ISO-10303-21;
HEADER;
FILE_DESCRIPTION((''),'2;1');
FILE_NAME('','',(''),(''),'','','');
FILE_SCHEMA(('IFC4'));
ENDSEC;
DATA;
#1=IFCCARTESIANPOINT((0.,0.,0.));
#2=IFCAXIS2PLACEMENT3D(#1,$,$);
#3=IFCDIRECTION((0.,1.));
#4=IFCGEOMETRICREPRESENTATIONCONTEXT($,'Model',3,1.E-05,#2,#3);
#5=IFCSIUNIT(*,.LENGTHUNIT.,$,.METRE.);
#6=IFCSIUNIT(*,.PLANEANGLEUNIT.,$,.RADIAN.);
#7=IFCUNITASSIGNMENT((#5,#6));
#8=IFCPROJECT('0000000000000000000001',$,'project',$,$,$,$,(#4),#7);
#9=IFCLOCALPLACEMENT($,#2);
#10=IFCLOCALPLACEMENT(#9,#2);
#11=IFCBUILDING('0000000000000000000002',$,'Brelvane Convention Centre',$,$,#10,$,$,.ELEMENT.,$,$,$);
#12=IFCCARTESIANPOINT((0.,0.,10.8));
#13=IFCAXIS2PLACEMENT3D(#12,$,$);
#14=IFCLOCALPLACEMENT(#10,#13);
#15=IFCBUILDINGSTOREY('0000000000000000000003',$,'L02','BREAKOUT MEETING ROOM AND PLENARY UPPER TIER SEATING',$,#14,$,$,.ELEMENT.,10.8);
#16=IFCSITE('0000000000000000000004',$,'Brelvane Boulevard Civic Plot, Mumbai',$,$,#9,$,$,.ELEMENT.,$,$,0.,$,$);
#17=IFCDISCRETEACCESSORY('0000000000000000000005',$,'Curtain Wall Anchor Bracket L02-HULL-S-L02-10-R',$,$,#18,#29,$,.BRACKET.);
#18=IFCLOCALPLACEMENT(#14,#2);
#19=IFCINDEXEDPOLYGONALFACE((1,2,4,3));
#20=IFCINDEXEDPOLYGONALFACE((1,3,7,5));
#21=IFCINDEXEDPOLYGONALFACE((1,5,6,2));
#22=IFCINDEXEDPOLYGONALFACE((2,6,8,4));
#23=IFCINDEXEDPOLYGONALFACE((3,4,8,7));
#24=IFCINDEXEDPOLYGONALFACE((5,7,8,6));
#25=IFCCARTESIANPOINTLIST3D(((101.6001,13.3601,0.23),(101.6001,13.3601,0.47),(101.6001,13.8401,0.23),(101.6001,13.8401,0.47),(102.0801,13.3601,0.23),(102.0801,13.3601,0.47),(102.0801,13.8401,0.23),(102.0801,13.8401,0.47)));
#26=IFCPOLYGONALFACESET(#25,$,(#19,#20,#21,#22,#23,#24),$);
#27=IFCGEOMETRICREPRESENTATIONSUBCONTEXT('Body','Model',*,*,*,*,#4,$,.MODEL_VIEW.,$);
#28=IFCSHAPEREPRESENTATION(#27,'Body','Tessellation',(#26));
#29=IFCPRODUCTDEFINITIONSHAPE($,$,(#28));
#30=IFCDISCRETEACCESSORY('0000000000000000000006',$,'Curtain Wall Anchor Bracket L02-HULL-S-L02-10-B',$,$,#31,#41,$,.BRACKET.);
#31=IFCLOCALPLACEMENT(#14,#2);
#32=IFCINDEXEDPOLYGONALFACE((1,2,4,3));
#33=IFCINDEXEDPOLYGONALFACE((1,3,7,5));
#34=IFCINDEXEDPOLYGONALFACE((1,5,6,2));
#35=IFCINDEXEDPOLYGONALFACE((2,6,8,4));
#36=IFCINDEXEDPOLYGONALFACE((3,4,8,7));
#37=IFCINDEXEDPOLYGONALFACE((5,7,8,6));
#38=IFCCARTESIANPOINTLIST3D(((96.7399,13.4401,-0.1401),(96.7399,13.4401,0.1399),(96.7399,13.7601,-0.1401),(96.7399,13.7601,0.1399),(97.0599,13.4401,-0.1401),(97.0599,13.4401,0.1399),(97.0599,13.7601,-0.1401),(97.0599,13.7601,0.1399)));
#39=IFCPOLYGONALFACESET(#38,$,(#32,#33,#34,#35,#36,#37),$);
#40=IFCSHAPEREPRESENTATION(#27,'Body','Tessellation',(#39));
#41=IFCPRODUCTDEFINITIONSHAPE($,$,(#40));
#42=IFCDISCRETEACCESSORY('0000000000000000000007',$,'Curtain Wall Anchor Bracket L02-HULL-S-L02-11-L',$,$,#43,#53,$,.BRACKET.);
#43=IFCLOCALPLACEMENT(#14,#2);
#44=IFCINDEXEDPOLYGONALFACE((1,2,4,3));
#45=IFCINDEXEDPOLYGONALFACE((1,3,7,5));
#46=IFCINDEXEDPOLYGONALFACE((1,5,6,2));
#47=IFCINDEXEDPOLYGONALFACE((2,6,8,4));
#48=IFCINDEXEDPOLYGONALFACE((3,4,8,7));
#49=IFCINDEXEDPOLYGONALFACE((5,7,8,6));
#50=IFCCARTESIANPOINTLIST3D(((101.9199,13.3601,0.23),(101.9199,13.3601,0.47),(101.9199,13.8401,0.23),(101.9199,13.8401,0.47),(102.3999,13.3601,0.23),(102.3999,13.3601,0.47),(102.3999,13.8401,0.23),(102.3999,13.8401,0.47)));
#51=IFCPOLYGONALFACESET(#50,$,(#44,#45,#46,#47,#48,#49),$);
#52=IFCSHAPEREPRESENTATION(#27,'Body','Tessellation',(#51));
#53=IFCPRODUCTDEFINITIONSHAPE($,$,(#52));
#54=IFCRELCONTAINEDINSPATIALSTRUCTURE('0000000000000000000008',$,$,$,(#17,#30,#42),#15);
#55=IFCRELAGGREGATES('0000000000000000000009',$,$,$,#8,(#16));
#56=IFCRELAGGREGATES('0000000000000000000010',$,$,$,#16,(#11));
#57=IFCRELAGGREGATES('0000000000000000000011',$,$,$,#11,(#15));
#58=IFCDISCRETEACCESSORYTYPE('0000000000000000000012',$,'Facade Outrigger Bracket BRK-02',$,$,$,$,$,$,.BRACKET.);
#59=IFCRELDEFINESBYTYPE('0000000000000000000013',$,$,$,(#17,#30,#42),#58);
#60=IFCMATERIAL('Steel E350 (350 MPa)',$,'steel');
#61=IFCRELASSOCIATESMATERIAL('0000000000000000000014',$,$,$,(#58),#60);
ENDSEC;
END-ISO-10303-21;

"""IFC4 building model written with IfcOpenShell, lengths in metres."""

from ifc_helpers import new_model, si_unit, direction, frame, origin, origin_2d, place, context, subcontext, project, spatial, rectangle, extrude, material, type_object, element, save


model = new_model("IFC4")

# Units and contexts
model_context = context("Model", 3, precision=1e-05, world=origin(), true_north=direction((0.0, 1.0)))
body_context = subcontext(model_context, "Body", "Model", "MODEL_VIEW")
ifc_project = project(units=[si_unit("LENGTHUNIT", "METRE"), si_unit("PLANEANGLEUNIT", "RADIAN")], contexts=[model_context])

# Site, building, storey
site_placement = place(None, origin())
site = spatial("IfcSite", under=ifc_project, at=site_placement, Name="Brelvane Boulevard Civic Plot, Mumbai", CompositionType="ELEMENT", RefElevation=0.0)
building_placement = place(site_placement, origin())
building = spatial("IfcBuilding", under=site, at=building_placement, Name="Brelvane Convention Centre", CompositionType="ELEMENT")
storey_placement = place(building_placement, frame((0.0, 0.0, 10.8)))
storey = spatial("IfcBuildingStorey", under=building, at=storey_placement, Name="L02", Description="BREAKOUT MEETING ROOM AND PLENARY UPPER TIER SEATING", CompositionType="ELEMENT", Elevation=10.8)

# Discrete accessories
ifc_material_1 = material(Name="Steel E350 (350 MPa)", Category="steel")
discrete_accessory_type = type_object("IfcDiscreteAccessoryType", Name="Facade Outrigger Bracket BRK-02", PredefinedType="BRACKET", material=ifc_material_1)
discrete_accessory_1_placement = place(storey_placement, frame((101.8401, 13.6001, 0.23), z_axis=(0.0, 0.0, 1.0), x_axis=(1.0, 0.0, 0.0)))
element("IfcDiscreteAccessory", 1, at=discrete_accessory_1_placement, inside=storey, type_object=discrete_accessory_type, Name="Curtain Wall Anchor Bracket L02-HULL-S-L02-10-R", PredefinedType="BRACKET", context=body_context, shape_type="SweptSolid", body=[
    extrude(rectangle(XDim=0.48, YDim=0.48, at=origin_2d()), origin(), (0.0, 0.0, 1.0), 0.24),
])
discrete_accessory_2_placement = place(storey_placement, frame((96.8999, 13.6001, -0.1401), z_axis=(0.0, 0.0, 1.0), x_axis=(1.0, 0.0, 0.0)))
element("IfcDiscreteAccessory", 2, at=discrete_accessory_2_placement, inside=storey, type_object=discrete_accessory_type, Name="Curtain Wall Anchor Bracket L02-HULL-S-L02-10-B", PredefinedType="BRACKET", context=body_context, shape_type="SweptSolid", body=[
    extrude(rectangle(XDim=0.3201, YDim=0.3201, at=origin_2d()), origin(), (0.0, 0.0, 1.0), 0.28),
])
discrete_accessory_3_placement = place(storey_placement, frame((102.1599, 13.6001, 0.23), z_axis=(0.0, 0.0, 1.0), x_axis=(1.0, 0.0, 0.0)))
element("IfcDiscreteAccessory", 3, at=discrete_accessory_3_placement, inside=storey, type_object=discrete_accessory_type, Name="Curtain Wall Anchor Bracket L02-HULL-S-L02-11-L", PredefinedType="BRACKET", context=body_context, shape_type="SweptSolid", body=[
    extrude(rectangle(XDim=0.48, YDim=0.48, at=origin_2d()), origin(), (0.0, 0.0, 1.0), 0.24),
])

save(model, "model.ifc")
